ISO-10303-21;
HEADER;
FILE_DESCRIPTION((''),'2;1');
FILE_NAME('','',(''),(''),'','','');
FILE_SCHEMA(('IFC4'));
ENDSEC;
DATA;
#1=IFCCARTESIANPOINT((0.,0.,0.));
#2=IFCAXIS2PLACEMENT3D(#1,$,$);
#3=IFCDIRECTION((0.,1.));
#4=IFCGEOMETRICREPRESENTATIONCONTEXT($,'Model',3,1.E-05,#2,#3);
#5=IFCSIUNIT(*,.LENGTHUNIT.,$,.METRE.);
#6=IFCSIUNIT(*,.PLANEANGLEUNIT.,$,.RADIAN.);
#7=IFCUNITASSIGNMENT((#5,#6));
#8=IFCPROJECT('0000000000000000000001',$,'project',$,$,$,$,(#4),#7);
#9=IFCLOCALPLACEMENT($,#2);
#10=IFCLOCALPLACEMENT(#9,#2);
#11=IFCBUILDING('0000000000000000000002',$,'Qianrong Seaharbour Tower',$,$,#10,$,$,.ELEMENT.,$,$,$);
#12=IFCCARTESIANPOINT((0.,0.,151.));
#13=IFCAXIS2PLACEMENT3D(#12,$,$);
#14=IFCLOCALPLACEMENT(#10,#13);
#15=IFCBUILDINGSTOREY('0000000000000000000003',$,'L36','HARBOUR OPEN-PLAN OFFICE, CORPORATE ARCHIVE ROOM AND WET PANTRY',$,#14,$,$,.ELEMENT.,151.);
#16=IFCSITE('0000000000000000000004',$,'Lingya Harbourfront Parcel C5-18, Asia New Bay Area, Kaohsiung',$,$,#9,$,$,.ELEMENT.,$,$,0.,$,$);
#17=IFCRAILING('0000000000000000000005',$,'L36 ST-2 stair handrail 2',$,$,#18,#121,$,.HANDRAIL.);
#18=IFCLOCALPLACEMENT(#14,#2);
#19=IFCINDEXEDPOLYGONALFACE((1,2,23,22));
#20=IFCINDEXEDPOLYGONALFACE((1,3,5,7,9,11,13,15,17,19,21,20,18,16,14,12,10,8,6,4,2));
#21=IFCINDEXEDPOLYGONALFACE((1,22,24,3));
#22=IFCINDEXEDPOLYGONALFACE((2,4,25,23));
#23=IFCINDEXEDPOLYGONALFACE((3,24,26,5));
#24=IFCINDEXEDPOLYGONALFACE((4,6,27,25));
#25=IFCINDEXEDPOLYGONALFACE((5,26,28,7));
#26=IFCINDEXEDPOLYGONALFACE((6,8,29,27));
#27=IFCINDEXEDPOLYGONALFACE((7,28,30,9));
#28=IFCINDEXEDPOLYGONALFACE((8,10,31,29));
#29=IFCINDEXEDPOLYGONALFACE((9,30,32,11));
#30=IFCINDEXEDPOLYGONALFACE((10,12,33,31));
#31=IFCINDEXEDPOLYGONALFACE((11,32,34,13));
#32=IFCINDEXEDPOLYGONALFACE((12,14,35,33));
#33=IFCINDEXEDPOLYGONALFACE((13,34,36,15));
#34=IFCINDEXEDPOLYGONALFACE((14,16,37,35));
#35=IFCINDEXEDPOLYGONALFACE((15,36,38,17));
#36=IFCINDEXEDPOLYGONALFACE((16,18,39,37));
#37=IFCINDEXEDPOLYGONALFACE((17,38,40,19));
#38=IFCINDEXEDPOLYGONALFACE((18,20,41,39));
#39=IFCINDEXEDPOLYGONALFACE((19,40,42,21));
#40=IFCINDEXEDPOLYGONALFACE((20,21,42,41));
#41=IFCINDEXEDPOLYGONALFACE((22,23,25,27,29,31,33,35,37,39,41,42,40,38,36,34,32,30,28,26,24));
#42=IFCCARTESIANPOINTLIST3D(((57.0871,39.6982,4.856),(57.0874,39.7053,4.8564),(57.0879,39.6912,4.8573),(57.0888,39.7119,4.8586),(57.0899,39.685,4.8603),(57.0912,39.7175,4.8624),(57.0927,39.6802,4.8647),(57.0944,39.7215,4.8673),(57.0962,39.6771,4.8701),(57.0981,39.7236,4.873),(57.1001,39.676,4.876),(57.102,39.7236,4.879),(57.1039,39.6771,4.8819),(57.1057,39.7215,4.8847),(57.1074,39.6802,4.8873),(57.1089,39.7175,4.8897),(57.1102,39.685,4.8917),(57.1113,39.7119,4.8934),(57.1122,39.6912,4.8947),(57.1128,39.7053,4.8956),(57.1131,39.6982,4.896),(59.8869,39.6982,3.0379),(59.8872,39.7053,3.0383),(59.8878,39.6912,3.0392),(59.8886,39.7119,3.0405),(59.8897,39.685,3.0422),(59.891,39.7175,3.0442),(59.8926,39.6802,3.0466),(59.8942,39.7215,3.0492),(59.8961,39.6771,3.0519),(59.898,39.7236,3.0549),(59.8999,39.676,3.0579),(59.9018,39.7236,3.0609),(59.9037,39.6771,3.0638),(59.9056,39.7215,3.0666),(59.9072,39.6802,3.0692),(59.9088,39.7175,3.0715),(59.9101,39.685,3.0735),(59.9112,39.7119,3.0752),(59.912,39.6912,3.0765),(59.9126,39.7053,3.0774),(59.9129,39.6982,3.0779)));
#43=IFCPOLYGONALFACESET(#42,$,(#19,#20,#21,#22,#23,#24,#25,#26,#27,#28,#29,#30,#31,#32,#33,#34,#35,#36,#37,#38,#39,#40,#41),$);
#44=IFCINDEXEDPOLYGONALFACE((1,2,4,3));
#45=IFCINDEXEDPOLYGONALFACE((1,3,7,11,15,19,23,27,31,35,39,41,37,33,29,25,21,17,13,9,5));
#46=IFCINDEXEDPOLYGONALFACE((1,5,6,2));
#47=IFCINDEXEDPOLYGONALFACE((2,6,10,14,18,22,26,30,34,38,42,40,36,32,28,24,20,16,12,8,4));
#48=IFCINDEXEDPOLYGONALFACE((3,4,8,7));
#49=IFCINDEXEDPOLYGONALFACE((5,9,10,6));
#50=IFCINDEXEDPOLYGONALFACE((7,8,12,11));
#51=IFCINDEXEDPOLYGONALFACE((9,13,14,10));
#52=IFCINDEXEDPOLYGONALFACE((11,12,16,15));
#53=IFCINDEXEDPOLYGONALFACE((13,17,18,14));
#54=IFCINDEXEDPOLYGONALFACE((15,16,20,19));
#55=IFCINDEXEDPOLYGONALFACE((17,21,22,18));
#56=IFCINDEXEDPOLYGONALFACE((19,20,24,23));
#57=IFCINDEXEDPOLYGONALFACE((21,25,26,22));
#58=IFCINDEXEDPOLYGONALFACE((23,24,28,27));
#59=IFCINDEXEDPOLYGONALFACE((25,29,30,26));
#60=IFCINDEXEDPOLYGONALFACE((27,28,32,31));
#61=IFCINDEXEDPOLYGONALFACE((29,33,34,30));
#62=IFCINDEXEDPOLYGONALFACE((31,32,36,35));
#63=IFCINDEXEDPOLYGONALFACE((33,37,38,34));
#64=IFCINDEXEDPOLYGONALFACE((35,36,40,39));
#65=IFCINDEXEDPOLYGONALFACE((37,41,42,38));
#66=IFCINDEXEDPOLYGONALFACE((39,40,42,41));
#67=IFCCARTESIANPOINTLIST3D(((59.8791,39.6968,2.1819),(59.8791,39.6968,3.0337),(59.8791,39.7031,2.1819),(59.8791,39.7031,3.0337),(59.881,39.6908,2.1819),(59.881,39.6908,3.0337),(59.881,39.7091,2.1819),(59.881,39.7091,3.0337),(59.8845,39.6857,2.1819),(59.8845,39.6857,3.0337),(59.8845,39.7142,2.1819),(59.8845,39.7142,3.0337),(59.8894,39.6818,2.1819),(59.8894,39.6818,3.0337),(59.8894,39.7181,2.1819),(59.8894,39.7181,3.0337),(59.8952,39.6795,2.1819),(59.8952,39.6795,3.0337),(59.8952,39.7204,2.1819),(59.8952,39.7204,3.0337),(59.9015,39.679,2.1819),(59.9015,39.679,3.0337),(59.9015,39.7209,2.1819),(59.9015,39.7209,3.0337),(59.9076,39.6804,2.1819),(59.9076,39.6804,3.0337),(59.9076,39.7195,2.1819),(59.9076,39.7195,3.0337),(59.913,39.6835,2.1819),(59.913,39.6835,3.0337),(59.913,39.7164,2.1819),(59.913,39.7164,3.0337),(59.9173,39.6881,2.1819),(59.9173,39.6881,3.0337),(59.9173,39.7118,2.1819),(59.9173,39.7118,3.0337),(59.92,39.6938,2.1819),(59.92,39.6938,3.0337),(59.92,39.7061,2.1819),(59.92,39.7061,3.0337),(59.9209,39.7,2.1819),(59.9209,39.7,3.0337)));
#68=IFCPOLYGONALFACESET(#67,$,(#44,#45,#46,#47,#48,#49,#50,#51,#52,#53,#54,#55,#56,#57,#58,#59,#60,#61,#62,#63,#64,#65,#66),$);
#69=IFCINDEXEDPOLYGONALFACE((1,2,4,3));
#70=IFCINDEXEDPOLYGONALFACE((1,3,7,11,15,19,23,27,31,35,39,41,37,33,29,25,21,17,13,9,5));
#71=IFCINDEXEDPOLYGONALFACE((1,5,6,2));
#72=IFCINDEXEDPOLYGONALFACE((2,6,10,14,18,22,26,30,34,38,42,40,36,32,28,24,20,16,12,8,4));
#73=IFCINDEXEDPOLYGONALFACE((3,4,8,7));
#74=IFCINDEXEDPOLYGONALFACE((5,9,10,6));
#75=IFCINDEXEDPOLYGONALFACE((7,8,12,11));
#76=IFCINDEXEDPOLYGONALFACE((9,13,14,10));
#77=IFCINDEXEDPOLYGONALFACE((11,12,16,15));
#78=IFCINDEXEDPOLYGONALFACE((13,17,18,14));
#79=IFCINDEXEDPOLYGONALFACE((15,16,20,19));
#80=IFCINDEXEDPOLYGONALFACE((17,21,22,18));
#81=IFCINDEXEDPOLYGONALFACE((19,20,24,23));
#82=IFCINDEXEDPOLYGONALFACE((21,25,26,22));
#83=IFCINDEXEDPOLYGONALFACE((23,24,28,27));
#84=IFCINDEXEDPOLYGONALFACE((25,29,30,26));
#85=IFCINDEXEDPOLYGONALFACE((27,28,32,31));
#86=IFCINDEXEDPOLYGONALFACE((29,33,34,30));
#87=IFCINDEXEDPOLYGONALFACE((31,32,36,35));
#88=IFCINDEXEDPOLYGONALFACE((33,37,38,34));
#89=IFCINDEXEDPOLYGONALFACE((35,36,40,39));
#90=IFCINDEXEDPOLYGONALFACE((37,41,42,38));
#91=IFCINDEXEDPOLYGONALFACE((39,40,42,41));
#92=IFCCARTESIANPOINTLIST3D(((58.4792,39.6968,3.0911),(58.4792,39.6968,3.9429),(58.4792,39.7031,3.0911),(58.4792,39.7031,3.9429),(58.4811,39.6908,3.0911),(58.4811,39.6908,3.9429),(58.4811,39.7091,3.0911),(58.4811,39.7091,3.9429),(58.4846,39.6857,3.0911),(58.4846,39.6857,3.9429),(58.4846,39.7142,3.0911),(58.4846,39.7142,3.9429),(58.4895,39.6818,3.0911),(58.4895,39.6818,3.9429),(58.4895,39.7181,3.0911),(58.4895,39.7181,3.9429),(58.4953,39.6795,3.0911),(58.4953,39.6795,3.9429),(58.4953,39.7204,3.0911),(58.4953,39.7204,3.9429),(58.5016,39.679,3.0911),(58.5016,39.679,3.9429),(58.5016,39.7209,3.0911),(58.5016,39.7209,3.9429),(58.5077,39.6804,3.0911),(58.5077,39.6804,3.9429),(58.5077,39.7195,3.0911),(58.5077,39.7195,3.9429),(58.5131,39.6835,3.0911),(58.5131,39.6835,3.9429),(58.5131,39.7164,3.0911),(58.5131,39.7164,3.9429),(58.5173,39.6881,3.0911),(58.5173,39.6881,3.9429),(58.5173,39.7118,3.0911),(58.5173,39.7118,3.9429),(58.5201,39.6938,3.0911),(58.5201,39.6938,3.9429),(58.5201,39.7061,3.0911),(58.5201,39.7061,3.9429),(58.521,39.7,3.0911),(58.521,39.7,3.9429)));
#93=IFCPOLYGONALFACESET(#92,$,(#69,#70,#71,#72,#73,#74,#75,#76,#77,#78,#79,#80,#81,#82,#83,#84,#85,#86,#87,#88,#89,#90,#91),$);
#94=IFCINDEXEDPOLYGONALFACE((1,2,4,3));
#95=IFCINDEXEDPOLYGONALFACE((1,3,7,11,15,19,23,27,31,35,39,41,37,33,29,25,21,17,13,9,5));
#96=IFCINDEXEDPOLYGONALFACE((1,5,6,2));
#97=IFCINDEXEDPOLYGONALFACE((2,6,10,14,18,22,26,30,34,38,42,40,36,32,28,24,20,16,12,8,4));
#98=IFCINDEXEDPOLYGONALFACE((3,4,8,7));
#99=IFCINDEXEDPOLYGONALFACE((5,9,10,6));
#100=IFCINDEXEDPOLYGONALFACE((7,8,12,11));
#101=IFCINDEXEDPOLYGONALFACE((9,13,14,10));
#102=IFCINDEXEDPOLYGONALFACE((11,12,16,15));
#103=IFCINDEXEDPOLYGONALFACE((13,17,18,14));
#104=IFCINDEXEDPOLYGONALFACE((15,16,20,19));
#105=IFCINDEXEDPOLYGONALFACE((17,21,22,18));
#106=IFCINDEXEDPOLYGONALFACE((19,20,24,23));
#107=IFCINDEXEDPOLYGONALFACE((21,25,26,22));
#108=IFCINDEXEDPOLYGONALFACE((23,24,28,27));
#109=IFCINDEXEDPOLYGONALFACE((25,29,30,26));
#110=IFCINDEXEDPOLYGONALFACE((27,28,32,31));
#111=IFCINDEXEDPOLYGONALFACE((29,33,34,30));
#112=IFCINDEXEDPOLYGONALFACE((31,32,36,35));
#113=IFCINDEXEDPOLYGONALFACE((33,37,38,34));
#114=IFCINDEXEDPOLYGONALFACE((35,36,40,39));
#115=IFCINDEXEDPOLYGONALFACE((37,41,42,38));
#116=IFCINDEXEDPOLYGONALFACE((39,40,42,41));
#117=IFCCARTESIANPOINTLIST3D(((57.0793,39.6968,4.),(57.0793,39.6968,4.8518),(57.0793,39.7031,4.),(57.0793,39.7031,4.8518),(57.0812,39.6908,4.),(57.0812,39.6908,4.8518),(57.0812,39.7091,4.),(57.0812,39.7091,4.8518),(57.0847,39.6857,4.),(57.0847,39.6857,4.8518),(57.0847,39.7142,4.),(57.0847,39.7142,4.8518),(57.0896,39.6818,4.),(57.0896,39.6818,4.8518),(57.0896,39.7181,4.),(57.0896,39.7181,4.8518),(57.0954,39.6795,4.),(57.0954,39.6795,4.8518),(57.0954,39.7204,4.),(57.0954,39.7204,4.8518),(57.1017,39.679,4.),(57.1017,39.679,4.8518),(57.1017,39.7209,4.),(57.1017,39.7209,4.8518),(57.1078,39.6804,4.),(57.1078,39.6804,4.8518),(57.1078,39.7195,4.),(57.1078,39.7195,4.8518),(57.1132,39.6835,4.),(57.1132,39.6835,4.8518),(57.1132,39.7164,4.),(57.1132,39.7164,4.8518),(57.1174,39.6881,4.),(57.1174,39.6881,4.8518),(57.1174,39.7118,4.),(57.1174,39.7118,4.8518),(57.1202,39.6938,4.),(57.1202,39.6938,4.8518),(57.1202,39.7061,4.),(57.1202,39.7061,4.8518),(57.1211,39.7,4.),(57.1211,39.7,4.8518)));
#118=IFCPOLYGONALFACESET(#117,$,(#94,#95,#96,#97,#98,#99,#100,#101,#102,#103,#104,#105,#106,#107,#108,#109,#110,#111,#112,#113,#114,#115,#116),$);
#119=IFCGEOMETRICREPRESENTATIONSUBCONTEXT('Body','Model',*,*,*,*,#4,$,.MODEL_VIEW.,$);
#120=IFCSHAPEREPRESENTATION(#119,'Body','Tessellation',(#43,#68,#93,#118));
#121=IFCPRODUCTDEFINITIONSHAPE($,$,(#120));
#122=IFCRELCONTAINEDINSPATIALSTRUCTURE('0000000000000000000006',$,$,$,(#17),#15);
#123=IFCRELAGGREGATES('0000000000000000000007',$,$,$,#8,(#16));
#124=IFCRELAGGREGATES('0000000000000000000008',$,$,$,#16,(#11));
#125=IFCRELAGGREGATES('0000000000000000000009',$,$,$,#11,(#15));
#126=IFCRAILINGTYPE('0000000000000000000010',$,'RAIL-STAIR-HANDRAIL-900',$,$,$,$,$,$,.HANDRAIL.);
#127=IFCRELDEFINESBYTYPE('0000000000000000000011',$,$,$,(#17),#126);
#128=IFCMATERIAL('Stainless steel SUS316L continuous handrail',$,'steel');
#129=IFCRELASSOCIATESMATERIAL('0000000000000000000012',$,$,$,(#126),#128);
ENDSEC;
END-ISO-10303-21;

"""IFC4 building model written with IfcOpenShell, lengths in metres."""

from ifc_helpers import new_model, si_unit, direction, frame, origin, origin_2d, place, context, subcontext, project, spatial, circle, extrude, material, type_object, element, save


model = new_model("IFC4")

# Units and contexts
model_context = context("Model", 3, precision=1e-05, world=origin(), true_north=direction((0.0, 1.0)))
body_context = subcontext(model_context, "Body", "Model", "MODEL_VIEW")
ifc_project = project(units=[si_unit("LENGTHUNIT", "METRE"), si_unit("PLANEANGLEUNIT", "RADIAN")], contexts=[model_context])

# Site, building, storey
site_placement = place(None, origin())
site = spatial("IfcSite", under=ifc_project, at=site_placement, Name="Lingya Harbourfront Parcel C5-18, Asia New Bay Area, Kaohsiung", CompositionType="ELEMENT", RefElevation=0.0)
building_placement = place(site_placement, origin())
building = spatial("IfcBuilding", under=site, at=building_placement, Name="Qianrong Seaharbour Tower", CompositionType="ELEMENT")
storey_placement = place(building_placement, frame((0.0, 0.0, 151.0)))
storey = spatial("IfcBuildingStorey", under=building, at=storey_placement, Name="L36", Description="HARBOUR OPEN-PLAN OFFICE, CORPORATE ARCHIVE ROOM AND WET PANTRY", CompositionType="ELEMENT", Elevation=151.0)

# Railing
ifc_material_1 = material(Name="Stainless steel SUS316L continuous handrail", Category="steel")
railing_type_1 = type_object("IfcRailingType", Name="RAIL-STAIR-HANDRAIL-900", PredefinedType="HANDRAIL", material=ifc_material_1)
railing_1_placement = place(storey_placement, frame((59.8999, 39.7, 2.1819)))
element("IfcRailing", 1, at=railing_1_placement, inside=storey, type_object=railing_type_1, Name="L36 ST-2 stair handrail 2", PredefinedType="HANDRAIL", context=body_context, shape_type="SweptSolid", body=[
    extrude(circle(Radius=0.0239, at=origin_2d()), frame((0.0, 0.0, 0.876), z_axis=(-0.838684, 0.0, 0.544618), x_axis=(0.0, -1.0, 0.0)), (0.0, 0.0, 1.0), 3.3384),
    extrude(circle(Radius=0.021, at=origin_2d()), origin(), (0.0, 0.0, 1.0), 0.8518),
    extrude(circle(Radius=0.021, at=origin_2d()), frame((-1.3999, 0.0, 0.9092)), (0.0, 0.0, 1.0), 0.8518),
    extrude(circle(Radius=0.021, at=origin_2d()), frame((-2.7998, 0.0, 1.8181)), (0.0, 0.0, 1.0), 0.8518),
])

save(model, "model.ifc")
